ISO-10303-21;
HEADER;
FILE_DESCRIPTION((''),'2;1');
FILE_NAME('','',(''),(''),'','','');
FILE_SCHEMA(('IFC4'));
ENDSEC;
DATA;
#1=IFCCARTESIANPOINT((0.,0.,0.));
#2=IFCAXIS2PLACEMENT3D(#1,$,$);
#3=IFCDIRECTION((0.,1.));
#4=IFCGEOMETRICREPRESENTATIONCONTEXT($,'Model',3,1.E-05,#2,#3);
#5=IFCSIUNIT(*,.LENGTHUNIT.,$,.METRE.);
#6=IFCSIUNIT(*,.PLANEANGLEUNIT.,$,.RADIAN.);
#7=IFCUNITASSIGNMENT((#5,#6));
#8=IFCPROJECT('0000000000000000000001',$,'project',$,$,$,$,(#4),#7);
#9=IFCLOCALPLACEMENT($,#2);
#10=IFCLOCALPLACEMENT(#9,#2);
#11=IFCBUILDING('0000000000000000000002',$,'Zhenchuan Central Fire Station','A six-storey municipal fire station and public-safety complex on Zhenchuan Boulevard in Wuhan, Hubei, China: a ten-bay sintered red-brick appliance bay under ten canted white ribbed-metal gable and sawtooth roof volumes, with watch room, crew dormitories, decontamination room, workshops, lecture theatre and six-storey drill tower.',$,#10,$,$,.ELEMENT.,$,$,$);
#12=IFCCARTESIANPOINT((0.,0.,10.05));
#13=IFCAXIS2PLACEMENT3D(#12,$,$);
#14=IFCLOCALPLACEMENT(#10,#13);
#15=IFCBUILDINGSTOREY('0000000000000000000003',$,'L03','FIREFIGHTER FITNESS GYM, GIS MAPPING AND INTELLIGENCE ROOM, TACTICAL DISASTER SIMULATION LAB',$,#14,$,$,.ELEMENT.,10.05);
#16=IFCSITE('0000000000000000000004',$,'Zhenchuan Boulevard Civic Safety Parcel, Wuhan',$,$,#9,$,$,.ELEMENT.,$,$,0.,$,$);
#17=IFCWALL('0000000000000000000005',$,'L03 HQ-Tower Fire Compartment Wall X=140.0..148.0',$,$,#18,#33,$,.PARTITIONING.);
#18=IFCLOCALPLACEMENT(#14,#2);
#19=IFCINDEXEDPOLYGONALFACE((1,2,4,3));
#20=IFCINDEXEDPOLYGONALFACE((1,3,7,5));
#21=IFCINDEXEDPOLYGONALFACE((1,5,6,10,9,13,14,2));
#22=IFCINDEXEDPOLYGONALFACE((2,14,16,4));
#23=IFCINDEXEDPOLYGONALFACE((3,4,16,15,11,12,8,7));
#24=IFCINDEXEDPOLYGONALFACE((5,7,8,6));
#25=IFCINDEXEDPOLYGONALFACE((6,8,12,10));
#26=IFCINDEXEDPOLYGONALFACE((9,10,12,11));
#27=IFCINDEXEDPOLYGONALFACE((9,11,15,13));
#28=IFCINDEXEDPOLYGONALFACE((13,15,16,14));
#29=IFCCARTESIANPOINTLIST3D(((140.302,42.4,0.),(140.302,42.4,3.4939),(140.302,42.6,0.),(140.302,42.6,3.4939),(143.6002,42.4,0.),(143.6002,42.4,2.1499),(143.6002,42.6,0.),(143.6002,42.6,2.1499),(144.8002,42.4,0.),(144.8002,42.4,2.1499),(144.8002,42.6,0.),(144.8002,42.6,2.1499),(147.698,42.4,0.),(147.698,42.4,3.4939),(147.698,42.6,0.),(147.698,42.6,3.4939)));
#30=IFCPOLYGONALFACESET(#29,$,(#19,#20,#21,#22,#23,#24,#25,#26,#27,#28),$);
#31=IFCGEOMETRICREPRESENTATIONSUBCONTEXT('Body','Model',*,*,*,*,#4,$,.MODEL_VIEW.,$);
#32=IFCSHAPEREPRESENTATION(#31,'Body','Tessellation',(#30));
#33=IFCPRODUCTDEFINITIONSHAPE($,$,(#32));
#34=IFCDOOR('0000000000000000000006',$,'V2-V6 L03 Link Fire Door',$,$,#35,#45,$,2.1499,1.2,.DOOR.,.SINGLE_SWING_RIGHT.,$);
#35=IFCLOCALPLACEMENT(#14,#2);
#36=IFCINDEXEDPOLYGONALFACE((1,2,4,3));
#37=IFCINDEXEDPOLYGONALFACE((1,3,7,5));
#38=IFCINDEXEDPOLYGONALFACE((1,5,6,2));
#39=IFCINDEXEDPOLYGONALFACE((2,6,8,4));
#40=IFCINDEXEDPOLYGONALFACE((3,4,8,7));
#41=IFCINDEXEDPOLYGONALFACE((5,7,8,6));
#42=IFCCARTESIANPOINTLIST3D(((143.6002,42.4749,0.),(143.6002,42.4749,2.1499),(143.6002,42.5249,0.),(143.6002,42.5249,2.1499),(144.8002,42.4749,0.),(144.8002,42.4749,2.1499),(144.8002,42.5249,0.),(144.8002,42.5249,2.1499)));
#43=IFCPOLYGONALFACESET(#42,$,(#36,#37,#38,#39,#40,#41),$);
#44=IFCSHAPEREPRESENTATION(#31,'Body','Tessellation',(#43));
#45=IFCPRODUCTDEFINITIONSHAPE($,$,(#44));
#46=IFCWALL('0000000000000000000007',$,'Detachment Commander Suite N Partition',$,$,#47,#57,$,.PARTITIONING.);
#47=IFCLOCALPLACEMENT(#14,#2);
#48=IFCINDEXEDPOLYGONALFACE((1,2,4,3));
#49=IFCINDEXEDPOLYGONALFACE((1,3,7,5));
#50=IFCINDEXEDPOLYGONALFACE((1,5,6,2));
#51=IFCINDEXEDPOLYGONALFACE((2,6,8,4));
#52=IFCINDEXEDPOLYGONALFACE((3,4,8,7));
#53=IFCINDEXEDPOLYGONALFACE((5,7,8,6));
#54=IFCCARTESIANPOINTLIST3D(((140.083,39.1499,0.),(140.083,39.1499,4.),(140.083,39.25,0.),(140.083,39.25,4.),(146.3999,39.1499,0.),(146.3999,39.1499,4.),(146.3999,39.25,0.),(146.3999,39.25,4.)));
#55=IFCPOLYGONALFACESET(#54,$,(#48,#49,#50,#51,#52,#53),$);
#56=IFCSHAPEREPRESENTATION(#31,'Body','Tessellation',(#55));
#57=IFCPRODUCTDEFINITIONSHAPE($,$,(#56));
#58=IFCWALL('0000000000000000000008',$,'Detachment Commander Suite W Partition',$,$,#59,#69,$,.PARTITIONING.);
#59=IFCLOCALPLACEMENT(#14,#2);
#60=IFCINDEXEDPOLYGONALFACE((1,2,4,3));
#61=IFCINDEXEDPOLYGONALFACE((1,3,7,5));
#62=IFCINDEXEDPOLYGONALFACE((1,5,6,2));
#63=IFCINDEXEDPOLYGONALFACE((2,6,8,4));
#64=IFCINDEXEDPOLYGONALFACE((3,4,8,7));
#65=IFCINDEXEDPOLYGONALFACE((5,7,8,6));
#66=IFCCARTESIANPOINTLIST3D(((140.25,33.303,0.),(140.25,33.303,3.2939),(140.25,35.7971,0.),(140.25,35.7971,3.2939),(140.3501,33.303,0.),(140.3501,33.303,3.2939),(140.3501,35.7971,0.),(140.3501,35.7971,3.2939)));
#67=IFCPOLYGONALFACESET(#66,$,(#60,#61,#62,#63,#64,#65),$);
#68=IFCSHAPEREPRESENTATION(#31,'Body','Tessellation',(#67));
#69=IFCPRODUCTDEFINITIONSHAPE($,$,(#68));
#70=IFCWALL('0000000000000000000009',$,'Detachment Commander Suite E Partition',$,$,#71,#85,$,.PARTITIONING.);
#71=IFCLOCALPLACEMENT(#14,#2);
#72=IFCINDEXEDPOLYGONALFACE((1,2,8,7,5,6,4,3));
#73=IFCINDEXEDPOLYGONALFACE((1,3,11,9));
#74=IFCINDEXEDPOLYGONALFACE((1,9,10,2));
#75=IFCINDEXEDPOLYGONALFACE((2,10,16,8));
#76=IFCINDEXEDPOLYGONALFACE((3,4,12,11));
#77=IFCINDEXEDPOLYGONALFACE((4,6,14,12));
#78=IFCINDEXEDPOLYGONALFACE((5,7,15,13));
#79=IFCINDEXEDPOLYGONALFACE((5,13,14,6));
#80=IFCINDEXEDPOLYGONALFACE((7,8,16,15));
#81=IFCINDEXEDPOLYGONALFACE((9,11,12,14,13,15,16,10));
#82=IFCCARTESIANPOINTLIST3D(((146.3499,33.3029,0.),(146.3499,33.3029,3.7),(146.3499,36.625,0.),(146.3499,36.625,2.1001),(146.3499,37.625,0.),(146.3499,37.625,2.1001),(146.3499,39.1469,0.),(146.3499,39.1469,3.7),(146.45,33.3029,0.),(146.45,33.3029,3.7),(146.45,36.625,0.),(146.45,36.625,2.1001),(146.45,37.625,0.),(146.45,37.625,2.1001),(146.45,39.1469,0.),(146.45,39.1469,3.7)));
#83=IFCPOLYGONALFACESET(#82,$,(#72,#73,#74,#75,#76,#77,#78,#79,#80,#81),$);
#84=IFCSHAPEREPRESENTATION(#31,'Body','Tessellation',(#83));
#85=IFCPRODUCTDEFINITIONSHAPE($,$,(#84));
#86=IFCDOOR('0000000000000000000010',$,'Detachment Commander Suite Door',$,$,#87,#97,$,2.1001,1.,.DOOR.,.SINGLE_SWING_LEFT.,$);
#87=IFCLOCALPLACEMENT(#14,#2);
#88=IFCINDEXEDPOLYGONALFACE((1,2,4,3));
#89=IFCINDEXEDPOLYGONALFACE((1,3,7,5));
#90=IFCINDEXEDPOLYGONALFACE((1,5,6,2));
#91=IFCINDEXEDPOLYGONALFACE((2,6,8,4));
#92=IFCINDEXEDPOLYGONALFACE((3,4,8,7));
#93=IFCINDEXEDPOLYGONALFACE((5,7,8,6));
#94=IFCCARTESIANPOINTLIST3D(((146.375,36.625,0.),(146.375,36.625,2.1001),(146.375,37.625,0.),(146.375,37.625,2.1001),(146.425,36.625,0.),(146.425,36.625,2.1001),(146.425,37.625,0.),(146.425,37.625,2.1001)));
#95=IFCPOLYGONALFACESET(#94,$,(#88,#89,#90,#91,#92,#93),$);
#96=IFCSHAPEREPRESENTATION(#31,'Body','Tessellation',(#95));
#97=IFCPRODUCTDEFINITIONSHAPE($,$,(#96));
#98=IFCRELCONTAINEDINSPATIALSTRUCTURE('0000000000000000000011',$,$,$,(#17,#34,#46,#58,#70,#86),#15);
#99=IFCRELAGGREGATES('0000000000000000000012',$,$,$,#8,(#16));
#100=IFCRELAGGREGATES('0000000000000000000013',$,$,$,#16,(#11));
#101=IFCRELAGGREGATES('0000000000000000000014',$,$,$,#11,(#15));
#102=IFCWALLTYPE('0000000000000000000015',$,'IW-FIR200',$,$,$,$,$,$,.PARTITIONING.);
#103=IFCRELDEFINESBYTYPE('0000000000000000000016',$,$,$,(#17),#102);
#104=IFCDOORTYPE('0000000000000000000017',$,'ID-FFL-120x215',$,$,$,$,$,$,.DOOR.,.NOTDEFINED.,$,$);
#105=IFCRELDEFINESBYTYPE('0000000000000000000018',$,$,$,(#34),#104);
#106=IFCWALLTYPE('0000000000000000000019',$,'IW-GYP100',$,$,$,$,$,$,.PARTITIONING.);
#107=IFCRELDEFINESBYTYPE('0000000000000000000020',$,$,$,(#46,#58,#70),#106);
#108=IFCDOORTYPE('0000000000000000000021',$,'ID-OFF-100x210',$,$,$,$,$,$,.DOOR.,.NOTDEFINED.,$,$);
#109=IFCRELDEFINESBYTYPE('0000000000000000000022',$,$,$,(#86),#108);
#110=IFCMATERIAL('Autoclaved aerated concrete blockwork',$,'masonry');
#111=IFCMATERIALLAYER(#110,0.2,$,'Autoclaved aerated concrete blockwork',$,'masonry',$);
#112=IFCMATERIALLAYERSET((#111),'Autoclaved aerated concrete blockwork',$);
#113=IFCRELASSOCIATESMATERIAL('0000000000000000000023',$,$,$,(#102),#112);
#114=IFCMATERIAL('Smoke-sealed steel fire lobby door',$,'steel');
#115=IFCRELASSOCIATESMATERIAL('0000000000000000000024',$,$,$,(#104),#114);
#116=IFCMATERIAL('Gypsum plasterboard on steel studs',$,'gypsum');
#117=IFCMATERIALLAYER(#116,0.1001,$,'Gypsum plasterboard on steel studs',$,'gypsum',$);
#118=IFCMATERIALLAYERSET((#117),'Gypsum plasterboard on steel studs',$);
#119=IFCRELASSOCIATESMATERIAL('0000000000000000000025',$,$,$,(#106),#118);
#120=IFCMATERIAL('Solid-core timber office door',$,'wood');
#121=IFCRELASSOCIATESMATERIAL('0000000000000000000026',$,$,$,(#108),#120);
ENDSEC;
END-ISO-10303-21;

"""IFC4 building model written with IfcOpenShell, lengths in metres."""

from ifc_helpers import new_model, si_unit, direction, frame, frame_2d, origin, place, context, subcontext, project, spatial, rectangle, extrude, material, layer, layer_set, type_object, element, fill, save


model = new_model("IFC4")

# Units and contexts
model_context = context("Model", 3, precision=1e-05, world=origin(), true_north=direction((0.0, 1.0)))
body_context = subcontext(model_context, "Body", "Model", "MODEL_VIEW")
ifc_project = project(units=[si_unit("LENGTHUNIT", "METRE"), si_unit("PLANEANGLEUNIT", "RADIAN")], contexts=[model_context])

# Site, building, storey
site_placement = place(None, origin())
site = spatial("IfcSite", under=ifc_project, at=site_placement, Name="Zhenchuan Boulevard Civic Safety Parcel, Wuhan", CompositionType="ELEMENT", RefElevation=0.0)
building_placement = place(site_placement, origin())
building = spatial("IfcBuilding", under=site, at=building_placement, Name="Zhenchuan Central Fire Station", Description="A six-storey municipal fire station and public-safety complex on Zhenchuan Boulevard in Wuhan, Hubei, China: a ten-bay sintered red-brick appliance bay under ten canted white ribbed-metal gable and sawtooth roof volumes, with watch room, crew dormitories, decontamination room, workshops, lecture theatre and six-storey drill tower.", CompositionType="ELEMENT")
storey_placement = place(building_placement, frame((0.0, 0.0, 10.05)))
storey = spatial("IfcBuildingStorey", under=building, at=storey_placement, Name="L03", Description="FIREFIGHTER FITNESS GYM, GIS MAPPING AND INTELLIGENCE ROOM, TACTICAL DISASTER SIMULATION LAB", CompositionType="ELEMENT", Elevation=10.05)

# Wall, opening, door
ifc_material_1 = material(Name="Autoclaved aerated concrete blockwork", Category="masonry")
ifc_layer_1 = layer(ifc_material_1, 0.2, Name="Autoclaved aerated concrete blockwork", Category="masonry")
ifc_layer_set_1 = layer_set([ifc_layer_1], Name="Autoclaved aerated concrete blockwork")
wall_type_1 = type_object("IfcWallType", Name="IW-FIR200", PredefinedType="PARTITIONING", material=ifc_layer_set_1)
wall_1_placement = place(storey_placement, frame((140.302, 42.5, 0.0), z_axis=(0.0, 0.0, 1.0), x_axis=(1.0, 0.0, 0.0)))
wall_1 = element("IfcWall", 1, at=wall_1_placement, inside=storey, type_object=wall_type_1, Name="L03 HQ-Tower Fire Compartment Wall X=140.0..148.0", PredefinedType="PARTITIONING", context=body_context, shape_type="SweptSolid", body=[
    extrude(rectangle(XDim=7.396, YDim=0.2, at=frame_2d((3.698, 0.0))), origin(), (0.0, 0.0, 1.0), 3.4939),
])
opening_1_placement = place(wall_1_placement, frame((3.2981, 0.0, 0.0)))
opening_1 = element("IfcOpeningElement", 2, at=opening_1_placement, cuts=wall_1, PredefinedType="OPENING", context=body_context, shape_type="SweptSolid", body=[
    extrude(rectangle(XDim=1.2, YDim=2.1499, at=frame_2d((0.6001, 1.075))), frame((0.0, 0.1099, 0.0), z_axis=(0.0, -1.0, 0.0), x_axis=(1.0, 0.0, 0.0)), (0.0, 0.0, 1.0), 0.22),
])
ifc_material_2 = material(Name="Smoke-sealed steel fire lobby door", Category="steel")
door_type_1 = type_object("IfcDoorType", Name="ID-FFL-120x215", OperationType="NOTDEFINED", PredefinedType="DOOR", material=ifc_material_2)
door_1_placement = place(opening_1_placement, origin())
door_1 = element("IfcDoor", 3, at=door_1_placement, inside=storey, type_object=door_type_1, Name="V2-V6 L03 Link Fire Door", OperationType="SINGLE_SWING_RIGHT", OverallHeight=2.1499, OverallWidth=1.2, PredefinedType="DOOR", context=body_context, shape_type="SweptSolid", body=[
    extrude(rectangle(XDim=1.2, YDim=2.1499, at=frame_2d((0.6001, 1.075))), frame((0.0, 0.0249, 0.0), z_axis=(0.0, -1.0, 0.0), x_axis=(1.0, 0.0, 0.0)), (0.0, 0.0, 1.0), 0.05),
])
fill(opening_1, door_1)

# Walls
ifc_material_3 = material(Name="Gypsum plasterboard on steel studs", Category="gypsum")
ifc_layer_2 = layer(ifc_material_3, 0.1001, Name="Gypsum plasterboard on steel studs", Category="gypsum")
ifc_layer_set_2 = layer_set([ifc_layer_2], Name="Gypsum plasterboard on steel studs")
wall_type_2 = type_object("IfcWallType", Name="IW-GYP100", PredefinedType="PARTITIONING", material=ifc_layer_set_2)
wall_2_placement = place(storey_placement, frame((140.083, 39.2, 0.0), z_axis=(0.0, 0.0, 1.0), x_axis=(1.0, 0.0, 0.0)))
element("IfcWall", 4, at=wall_2_placement, inside=storey, type_object=wall_type_2, Name="Detachment Commander Suite N Partition", PredefinedType="PARTITIONING", context=body_context, shape_type="SweptSolid", body=[
    extrude(rectangle(XDim=6.3169, YDim=0.1001, at=frame_2d((3.1584, 0.0))), origin(), (0.0, 0.0, 1.0), 4.0),
])
wall_3_placement = place(storey_placement, frame((140.3, 33.303, 0.0), z_axis=(0.0, 0.0, 1.0), x_axis=(0.0, 1.0, 0.0)))
element("IfcWall", 5, at=wall_3_placement, inside=storey, type_object=wall_type_2, Name="Detachment Commander Suite W Partition", PredefinedType="PARTITIONING", context=body_context, shape_type="SweptSolid", body=[
    extrude(rectangle(XDim=2.4941, YDim=0.1001, at=frame_2d((1.2471, 0.0))), origin(), (0.0, 0.0, 1.0), 3.2939),
])

# Wall, opening, door
wall_4_placement = place(storey_placement, frame((146.3999, 33.303, 0.0), z_axis=(0.0, 0.0, 1.0), x_axis=(0.0, 1.0, 0.0)))
wall_4 = element("IfcWall", 6, at=wall_4_placement, inside=storey, type_object=wall_type_2, Name="Detachment Commander Suite E Partition", PredefinedType="PARTITIONING", context=body_context, shape_type="SweptSolid", body=[
    extrude(rectangle(XDim=5.844, YDim=0.1001, at=frame_2d((2.9219, 0.0))), origin(), (0.0, 0.0, 1.0), 3.7),
])
opening_2_placement = place(wall_4_placement, frame((3.322, 0.0, 0.0)))
opening_2 = element("IfcOpeningElement", 7, at=opening_2_placement, cuts=wall_4, PredefinedType="OPENING", context=body_context, shape_type="SweptSolid", body=[
    extrude(rectangle(XDim=1.0, YDim=2.1001, at=frame_2d((0.5, 1.05))), frame((0.0, 0.0601, 0.0), z_axis=(0.0, -1.0, 0.0), x_axis=(1.0, 0.0, 0.0)), (0.0, 0.0, 1.0), 0.1201),
])
ifc_material_4 = material(Name="Solid-core timber office door", Category="wood")
door_type_2 = type_object("IfcDoorType", Name="ID-OFF-100x210", OperationType="NOTDEFINED", PredefinedType="DOOR", material=ifc_material_4)
door_2_placement = place(opening_2_placement, origin())
door_2 = element("IfcDoor", 8, at=door_2_placement, inside=storey, type_object=door_type_2, Name="Detachment Commander Suite Door", OperationType="SINGLE_SWING_LEFT", OverallHeight=2.1001, OverallWidth=1.0, PredefinedType="DOOR", context=body_context, shape_type="SweptSolid", body=[
    extrude(rectangle(XDim=1.0, YDim=2.1001, at=frame_2d((0.5, 1.05))), frame((0.0, 0.0249, 0.0), z_axis=(0.0, -1.0, 0.0), x_axis=(1.0, 0.0, 0.0)), (0.0, 0.0, 1.0), 0.05),
])
fill(opening_2, door_2)

save(model, "model.ifc")
